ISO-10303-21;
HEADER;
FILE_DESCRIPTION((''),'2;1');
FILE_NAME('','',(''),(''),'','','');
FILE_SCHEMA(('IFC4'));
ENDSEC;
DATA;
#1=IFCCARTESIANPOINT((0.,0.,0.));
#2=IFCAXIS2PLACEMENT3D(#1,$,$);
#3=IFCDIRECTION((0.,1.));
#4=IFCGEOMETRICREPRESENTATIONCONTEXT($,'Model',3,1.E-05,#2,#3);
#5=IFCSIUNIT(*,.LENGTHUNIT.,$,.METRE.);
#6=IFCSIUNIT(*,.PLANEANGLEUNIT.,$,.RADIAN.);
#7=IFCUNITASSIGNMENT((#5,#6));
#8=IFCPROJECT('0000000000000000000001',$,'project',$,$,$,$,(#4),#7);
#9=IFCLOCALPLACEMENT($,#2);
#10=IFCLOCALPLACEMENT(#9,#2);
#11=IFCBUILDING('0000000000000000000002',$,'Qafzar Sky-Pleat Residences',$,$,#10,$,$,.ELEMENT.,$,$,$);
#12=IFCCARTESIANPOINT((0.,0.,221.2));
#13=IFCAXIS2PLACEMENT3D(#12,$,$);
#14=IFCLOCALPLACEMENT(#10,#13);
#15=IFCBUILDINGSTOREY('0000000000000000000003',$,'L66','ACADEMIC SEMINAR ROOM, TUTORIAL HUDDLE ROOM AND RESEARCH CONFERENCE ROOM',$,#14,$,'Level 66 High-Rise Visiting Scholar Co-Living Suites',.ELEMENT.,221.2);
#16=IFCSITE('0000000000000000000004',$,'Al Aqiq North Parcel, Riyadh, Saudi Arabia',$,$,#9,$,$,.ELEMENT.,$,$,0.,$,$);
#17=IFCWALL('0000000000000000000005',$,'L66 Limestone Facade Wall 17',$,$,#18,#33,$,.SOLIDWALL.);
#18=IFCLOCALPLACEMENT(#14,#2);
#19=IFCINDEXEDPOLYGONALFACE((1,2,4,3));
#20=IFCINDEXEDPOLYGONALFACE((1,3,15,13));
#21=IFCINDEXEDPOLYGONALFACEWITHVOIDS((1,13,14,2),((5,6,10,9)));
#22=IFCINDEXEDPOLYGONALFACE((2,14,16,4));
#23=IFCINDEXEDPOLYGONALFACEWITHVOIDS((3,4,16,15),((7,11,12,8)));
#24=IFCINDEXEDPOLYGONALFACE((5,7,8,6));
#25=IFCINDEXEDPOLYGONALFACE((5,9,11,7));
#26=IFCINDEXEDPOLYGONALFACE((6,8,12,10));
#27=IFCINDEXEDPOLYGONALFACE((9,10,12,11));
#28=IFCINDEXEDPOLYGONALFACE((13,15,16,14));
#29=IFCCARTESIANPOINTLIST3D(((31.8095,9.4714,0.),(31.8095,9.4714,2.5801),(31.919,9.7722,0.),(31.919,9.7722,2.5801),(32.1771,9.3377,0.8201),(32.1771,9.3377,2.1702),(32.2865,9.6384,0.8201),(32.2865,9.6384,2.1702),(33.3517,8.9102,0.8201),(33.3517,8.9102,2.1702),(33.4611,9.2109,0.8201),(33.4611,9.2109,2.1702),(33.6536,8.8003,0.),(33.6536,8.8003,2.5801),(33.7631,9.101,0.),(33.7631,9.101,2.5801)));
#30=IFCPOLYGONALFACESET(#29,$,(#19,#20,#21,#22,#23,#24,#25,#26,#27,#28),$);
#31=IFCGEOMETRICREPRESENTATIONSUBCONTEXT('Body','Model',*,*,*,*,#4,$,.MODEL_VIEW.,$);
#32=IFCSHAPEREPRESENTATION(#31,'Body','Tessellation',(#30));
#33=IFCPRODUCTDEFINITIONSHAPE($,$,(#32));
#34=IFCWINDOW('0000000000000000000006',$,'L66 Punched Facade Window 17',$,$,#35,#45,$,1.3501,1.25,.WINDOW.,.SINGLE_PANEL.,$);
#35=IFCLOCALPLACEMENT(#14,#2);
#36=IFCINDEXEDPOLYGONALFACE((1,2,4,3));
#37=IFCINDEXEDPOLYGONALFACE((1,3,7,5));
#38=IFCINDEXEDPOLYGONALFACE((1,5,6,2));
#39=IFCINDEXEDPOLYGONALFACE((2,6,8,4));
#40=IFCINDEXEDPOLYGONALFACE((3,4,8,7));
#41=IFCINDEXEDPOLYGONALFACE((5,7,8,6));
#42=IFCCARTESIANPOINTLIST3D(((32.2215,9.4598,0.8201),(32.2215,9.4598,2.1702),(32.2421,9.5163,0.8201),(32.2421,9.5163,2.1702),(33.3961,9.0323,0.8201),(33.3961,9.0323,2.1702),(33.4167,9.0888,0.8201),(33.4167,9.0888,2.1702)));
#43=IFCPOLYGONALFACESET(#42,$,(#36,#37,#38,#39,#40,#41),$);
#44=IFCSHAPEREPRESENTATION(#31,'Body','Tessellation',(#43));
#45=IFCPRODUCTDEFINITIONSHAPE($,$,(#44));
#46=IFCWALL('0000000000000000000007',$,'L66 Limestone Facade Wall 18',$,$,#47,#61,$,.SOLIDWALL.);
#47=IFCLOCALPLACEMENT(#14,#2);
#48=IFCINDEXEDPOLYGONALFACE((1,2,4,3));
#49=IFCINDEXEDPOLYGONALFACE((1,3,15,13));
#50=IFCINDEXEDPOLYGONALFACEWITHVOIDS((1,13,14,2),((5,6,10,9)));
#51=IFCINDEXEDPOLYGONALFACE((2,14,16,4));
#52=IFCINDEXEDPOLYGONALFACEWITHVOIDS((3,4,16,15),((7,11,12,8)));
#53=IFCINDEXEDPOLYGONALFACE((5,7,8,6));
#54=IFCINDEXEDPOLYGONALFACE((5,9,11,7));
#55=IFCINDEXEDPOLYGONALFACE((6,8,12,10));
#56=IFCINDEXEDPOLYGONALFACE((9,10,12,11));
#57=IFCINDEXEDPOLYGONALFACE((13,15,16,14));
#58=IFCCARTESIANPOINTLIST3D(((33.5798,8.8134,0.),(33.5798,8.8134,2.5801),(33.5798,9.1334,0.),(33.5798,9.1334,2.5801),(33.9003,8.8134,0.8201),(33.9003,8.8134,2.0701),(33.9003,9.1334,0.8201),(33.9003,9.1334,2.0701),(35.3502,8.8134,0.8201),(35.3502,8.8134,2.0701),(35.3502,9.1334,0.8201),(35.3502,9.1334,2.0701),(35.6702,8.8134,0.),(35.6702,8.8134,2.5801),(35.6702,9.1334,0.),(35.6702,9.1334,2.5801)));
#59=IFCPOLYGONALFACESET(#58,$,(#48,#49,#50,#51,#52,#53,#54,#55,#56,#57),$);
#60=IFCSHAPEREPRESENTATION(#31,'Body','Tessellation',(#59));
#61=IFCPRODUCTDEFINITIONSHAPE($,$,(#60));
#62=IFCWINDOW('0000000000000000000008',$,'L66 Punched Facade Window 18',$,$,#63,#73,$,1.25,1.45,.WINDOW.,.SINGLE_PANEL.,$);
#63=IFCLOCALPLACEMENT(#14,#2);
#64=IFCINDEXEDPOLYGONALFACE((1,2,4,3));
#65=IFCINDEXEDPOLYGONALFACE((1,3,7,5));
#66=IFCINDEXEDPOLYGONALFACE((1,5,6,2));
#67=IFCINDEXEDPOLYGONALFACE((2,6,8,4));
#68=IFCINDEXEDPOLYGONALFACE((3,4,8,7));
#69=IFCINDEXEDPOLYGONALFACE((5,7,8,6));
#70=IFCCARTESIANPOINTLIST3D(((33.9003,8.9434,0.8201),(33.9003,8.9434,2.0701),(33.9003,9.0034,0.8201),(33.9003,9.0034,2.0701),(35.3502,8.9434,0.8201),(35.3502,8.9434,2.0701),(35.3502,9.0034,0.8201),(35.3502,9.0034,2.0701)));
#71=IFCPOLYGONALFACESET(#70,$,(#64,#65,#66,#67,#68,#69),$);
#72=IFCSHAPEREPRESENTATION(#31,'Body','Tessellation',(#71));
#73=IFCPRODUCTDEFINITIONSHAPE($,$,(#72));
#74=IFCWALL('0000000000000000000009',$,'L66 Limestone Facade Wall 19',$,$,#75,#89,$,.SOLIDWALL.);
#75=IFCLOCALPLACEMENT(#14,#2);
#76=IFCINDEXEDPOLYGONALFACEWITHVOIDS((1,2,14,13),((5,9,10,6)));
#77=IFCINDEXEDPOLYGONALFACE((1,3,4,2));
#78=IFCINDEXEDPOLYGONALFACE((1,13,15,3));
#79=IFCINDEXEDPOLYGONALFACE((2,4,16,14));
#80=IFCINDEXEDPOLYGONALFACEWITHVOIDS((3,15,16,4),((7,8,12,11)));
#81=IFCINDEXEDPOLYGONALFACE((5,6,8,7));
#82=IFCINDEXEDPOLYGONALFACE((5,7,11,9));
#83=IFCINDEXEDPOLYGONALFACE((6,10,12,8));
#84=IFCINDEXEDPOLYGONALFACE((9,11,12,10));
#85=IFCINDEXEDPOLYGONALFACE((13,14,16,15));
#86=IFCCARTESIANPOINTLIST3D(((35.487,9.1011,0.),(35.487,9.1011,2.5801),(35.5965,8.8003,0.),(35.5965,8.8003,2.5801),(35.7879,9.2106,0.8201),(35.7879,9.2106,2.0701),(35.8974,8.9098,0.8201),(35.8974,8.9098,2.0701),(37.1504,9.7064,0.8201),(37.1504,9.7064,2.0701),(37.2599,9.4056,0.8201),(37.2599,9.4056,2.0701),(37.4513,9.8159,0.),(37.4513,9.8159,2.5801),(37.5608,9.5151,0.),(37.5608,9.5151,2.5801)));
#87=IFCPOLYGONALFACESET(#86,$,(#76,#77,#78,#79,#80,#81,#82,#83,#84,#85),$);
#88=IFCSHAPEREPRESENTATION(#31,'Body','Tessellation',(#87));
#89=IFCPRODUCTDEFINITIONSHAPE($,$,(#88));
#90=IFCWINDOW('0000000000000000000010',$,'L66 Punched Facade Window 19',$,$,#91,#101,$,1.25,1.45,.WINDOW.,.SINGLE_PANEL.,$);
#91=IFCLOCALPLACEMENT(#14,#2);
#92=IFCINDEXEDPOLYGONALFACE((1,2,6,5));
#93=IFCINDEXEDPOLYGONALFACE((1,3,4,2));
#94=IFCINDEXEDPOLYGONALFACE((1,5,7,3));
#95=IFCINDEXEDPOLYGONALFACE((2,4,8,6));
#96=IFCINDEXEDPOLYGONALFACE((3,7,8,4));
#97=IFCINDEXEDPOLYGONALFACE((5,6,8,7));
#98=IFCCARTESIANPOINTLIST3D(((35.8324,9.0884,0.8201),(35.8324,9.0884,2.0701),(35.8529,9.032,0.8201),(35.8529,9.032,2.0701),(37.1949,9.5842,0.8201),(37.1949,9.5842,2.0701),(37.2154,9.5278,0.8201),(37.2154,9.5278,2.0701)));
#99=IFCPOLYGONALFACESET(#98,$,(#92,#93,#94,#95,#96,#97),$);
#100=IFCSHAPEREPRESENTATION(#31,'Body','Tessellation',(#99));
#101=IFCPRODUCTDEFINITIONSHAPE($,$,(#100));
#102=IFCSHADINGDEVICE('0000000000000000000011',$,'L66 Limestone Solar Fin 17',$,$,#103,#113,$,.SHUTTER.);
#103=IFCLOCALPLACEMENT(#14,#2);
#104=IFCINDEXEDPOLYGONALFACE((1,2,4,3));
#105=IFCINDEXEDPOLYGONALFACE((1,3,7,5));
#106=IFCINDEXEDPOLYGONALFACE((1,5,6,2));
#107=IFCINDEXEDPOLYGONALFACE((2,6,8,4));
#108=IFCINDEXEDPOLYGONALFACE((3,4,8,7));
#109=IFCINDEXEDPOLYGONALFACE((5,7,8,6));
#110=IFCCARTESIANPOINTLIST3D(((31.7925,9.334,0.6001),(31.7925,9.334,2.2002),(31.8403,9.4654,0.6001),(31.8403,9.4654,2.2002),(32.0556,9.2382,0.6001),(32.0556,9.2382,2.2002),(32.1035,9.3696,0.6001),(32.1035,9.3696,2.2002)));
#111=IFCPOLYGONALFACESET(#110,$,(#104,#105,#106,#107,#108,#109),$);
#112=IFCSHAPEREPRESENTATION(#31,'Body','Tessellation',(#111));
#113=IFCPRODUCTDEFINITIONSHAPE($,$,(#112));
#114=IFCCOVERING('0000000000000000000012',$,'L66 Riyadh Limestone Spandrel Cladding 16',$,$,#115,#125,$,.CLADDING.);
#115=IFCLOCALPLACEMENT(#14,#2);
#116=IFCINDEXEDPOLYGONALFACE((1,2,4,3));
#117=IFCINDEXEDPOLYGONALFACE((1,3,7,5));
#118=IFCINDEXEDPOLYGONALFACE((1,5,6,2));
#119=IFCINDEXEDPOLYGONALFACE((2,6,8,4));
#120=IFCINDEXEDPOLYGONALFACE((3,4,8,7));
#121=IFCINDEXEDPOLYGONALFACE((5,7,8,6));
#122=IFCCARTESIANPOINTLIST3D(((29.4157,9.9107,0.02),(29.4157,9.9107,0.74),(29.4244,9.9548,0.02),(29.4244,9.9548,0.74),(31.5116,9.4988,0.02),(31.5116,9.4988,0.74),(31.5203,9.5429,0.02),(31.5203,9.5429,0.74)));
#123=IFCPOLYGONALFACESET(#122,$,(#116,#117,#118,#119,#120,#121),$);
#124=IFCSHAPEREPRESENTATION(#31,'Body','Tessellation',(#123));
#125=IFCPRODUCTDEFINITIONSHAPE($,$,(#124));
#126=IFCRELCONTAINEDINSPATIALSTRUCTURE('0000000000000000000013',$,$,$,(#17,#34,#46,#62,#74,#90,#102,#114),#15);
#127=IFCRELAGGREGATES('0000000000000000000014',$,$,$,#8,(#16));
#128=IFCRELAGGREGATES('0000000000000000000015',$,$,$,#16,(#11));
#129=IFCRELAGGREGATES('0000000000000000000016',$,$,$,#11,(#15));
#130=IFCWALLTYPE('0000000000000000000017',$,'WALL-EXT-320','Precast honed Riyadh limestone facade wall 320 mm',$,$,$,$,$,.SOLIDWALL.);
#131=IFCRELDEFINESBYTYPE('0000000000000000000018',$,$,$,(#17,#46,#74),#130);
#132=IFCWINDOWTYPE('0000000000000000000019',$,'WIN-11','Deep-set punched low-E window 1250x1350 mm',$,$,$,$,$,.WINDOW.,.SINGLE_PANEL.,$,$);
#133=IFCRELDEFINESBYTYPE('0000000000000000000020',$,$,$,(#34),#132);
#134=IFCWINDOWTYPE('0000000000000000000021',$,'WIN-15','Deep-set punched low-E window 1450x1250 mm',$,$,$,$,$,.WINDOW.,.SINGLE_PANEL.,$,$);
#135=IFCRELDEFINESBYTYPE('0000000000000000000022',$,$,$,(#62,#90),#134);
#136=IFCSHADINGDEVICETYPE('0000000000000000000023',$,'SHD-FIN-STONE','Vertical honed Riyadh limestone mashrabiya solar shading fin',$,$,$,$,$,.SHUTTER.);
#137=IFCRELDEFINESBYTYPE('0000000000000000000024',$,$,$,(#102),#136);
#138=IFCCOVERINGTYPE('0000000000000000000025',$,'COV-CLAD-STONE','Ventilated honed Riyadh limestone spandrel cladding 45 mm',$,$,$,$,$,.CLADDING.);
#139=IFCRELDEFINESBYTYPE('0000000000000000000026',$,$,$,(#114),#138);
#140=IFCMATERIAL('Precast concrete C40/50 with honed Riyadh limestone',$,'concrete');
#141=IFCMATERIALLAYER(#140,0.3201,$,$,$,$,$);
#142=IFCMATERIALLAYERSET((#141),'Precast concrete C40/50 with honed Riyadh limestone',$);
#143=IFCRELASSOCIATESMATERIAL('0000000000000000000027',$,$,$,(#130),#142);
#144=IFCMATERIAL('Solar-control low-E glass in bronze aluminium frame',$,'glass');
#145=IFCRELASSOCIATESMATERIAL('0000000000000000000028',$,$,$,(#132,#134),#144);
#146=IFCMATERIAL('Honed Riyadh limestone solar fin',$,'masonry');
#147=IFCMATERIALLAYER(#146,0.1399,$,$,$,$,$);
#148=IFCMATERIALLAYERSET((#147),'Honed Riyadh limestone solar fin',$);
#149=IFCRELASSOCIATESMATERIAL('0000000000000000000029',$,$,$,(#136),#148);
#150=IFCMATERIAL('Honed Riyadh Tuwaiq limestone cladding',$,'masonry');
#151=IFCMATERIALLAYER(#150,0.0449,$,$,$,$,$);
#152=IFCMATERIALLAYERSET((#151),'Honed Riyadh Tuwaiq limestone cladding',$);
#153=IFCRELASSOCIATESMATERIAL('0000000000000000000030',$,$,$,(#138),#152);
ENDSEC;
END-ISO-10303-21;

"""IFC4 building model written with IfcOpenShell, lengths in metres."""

from ifc_helpers import new_model, si_unit, direction, frame, frame_2d, origin, origin_2d, place, context, subcontext, project, spatial, rectangle, extrude, source, transform, mapped, material, layer, layer_set, type_object, element, fill, save


model = new_model("IFC4")

# Units and contexts
model_context = context("Model", 3, precision=1e-05, world=origin(), true_north=direction((0.0, 1.0)))
body_context = subcontext(model_context, "Body", "Model", "MODEL_VIEW")
ifc_project = project(units=[si_unit("LENGTHUNIT", "METRE"), si_unit("PLANEANGLEUNIT", "RADIAN")], contexts=[model_context])

# Site, building, storey
site_placement = place(None, origin())
site = spatial("IfcSite", under=ifc_project, at=site_placement, Name="Al Aqiq North Parcel, Riyadh, Saudi Arabia", CompositionType="ELEMENT", RefElevation=0.0)
building_placement = place(site_placement, origin())
building = spatial("IfcBuilding", under=site, at=building_placement, Name="Qafzar Sky-Pleat Residences", CompositionType="ELEMENT")
storey_placement = place(building_placement, frame((0.0, 0.0, 221.2)))
storey = spatial("IfcBuildingStorey", under=building, at=storey_placement, Name="L66", Description="ACADEMIC SEMINAR ROOM, TUTORIAL HUDDLE ROOM AND RESEARCH CONFERENCE ROOM", LongName="Level 66 High-Rise Visiting Scholar Co-Living Suites", CompositionType="ELEMENT", Elevation=221.2)

# Walls, openings, windows
ifc_material_1 = material(Name="Precast concrete C40/50 with honed Riyadh limestone", Category="concrete")
ifc_layer_1 = layer(ifc_material_1, 0.3201)
ifc_layer_set_1 = layer_set([ifc_layer_1], Name="Precast concrete C40/50 with honed Riyadh limestone")
wall_type = type_object("IfcWallType", Name="WALL-EXT-320", Description="Precast honed Riyadh limestone facade wall 320 mm", PredefinedType="SOLIDWALL", material=ifc_layer_set_1)
ifc_material_2 = material(Name="Solar-control low-E glass in bronze aluminium frame", Category="glass")
window_type_1 = type_object("IfcWindowType", Name="WIN-11", Description="Deep-set punched low-E window 1250x1350 mm", PartitioningType="SINGLE_PANEL", PredefinedType="WINDOW", material=ifc_material_2)
shared_shape_1 = source(origin(), body_context, "Body", "SweptSolid", [
    extrude(rectangle(XDim=1.25, YDim=1.3501, at=frame_2d((0.625, 0.675))), frame((0.0, 0.03, 0.0), z_axis=(0.0, -1.0, 0.0), x_axis=(1.0, 0.0, 0.0)), (0.0, 0.0, 1.0), 0.0601),
])
wall_1_placement = place(storey_placement, frame((31.8643, 9.6218, 0.0), z_axis=(0.0, 0.0, 1.0), x_axis=(0.939695, -0.342013, 0.0)))
wall_1 = element("IfcWall", 1, at=wall_1_placement, inside=storey, type_object=wall_type, Name="L66 Limestone Facade Wall 17", PredefinedType="SOLIDWALL", context=body_context, shape_type="SweptSolid", body=[
    extrude(rectangle(XDim=1.9624, YDim=0.3201, at=frame_2d((0.9812, 0.0))), origin(), (0.0, 0.0, 1.0), 2.5801),
])
opening_1_placement = place(wall_1_placement, frame((0.3911, 0.0, 0.8201)))
opening_1 = element("IfcOpeningElement", 2, at=opening_1_placement, cuts=wall_1, PredefinedType="OPENING", context=body_context, shape_type="SweptSolid", body=[
    extrude(rectangle(XDim=1.25, YDim=1.3501, at=frame_2d((0.625, 0.675))), frame((0.0, 0.1699, 0.0), z_axis=(0.0, -1.0, 0.0), x_axis=(1.0, 0.0, 0.0)), (0.0, 0.0, 1.0), 0.3401),
])
window_1_placement = place(opening_1_placement, origin())
window_1 = element("IfcWindow", 3, at=window_1_placement, inside=storey, type_object=window_type_1, Name="L66 Punched Facade Window 17", OverallHeight=1.3501, OverallWidth=1.25, PartitioningType="SINGLE_PANEL", PredefinedType="WINDOW", context=body_context, shape_type="MappedRepresentation", body=[
    mapped(shared_shape_1, transform((0.0, 0.0, 0.0), x_axis=(1.0, 0.0, 0.0), y_axis=(0.0, 1.0, 0.0), z_axis=(0.0, 0.0, 1.0), scale=1.0)),
])
fill(opening_1, window_1)
wall_2_placement = place(storey_placement, frame((33.5798, 8.9734, 0.0), z_axis=(0.0, 0.0, 1.0), x_axis=(1.0, 0.0, 0.0)))
wall_2 = element("IfcWall", 4, at=wall_2_placement, inside=storey, type_object=wall_type, Name="L66 Limestone Facade Wall 18", PredefinedType="SOLIDWALL", context=body_context, shape_type="SweptSolid", body=[
    extrude(rectangle(XDim=2.0903, YDim=0.3201, at=frame_2d((1.0452, 0.0))), origin(), (0.0, 0.0, 1.0), 2.5801),
])
opening_2_placement = place(wall_2_placement, frame((0.3203, 0.0, 0.8201)))
opening_2 = element("IfcOpeningElement", 5, at=opening_2_placement, cuts=wall_2, PredefinedType="OPENING", context=body_context, shape_type="SweptSolid", body=[
    extrude(rectangle(XDim=1.45, YDim=1.25, at=frame_2d((0.7251, 0.625))), frame((0.0, 0.1699, 0.0), z_axis=(0.0, -1.0, 0.0), x_axis=(1.0, 0.0, 0.0)), (0.0, 0.0, 1.0), 0.3401),
])
window_type_2 = type_object("IfcWindowType", Name="WIN-15", Description="Deep-set punched low-E window 1450x1250 mm", PartitioningType="SINGLE_PANEL", PredefinedType="WINDOW", material=ifc_material_2)
shared_shape_2 = source(origin(), body_context, "Body", "SweptSolid", [
    extrude(rectangle(XDim=1.45, YDim=1.25, at=frame_2d((0.7251, 0.625))), frame((0.0, 0.03, 0.0), z_axis=(0.0, -1.0, 0.0), x_axis=(1.0, 0.0, 0.0)), (0.0, 0.0, 1.0), 0.0601),
])
window_2_placement = place(opening_2_placement, origin())
window_2 = element("IfcWindow", 6, at=window_2_placement, inside=storey, type_object=window_type_2, Name="L66 Punched Facade Window 18", OverallHeight=1.25, OverallWidth=1.45, PartitioningType="SINGLE_PANEL", PredefinedType="WINDOW", context=body_context, shape_type="MappedRepresentation", body=[
    mapped(shared_shape_2, transform((0.0, 0.0, 0.0), x_axis=(1.0, 0.0, 0.0), y_axis=(0.0, 1.0, 0.0), z_axis=(0.0, 0.0, 1.0), scale=1.0)),
])
fill(opening_2, window_2)
wall_3_placement = place(storey_placement, frame((35.5417, 8.9507, 0.0), z_axis=(0.0, 0.0, 1.0), x_axis=(0.939712, 0.341968, 0.0)))
wall_3 = element("IfcWall", 7, at=wall_3_placement, inside=storey, type_object=wall_type, Name="L66 Limestone Facade Wall 19", PredefinedType="SOLIDWALL", context=body_context, shape_type="SweptSolid", body=[
    extrude(rectangle(XDim=2.0903, YDim=0.3201, at=frame_2d((1.0452, 0.0))), origin(), (0.0, 0.0, 1.0), 2.5801),
])
opening_3_placement = place(wall_3_placement, frame((0.3201, 0.0, 0.8201)))
opening_3 = element("IfcOpeningElement", 8, at=opening_3_placement, cuts=wall_3, PredefinedType="OPENING", context=body_context, shape_type="SweptSolid", body=[
    extrude(rectangle(XDim=1.45, YDim=1.25, at=frame_2d((0.7251, 0.625))), frame((0.0, 0.1699, 0.0), z_axis=(0.0, -1.0, 0.0), x_axis=(1.0, 0.0, 0.0)), (0.0, 0.0, 1.0), 0.3401),
])
window_3_placement = place(opening_3_placement, origin())
window_3 = element("IfcWindow", 9, at=window_3_placement, inside=storey, type_object=window_type_2, Name="L66 Punched Facade Window 19", OverallHeight=1.25, OverallWidth=1.45, PartitioningType="SINGLE_PANEL", PredefinedType="WINDOW", context=body_context, shape_type="MappedRepresentation", body=[
    mapped(shared_shape_2, transform((0.0, 0.0, 0.0), x_axis=(1.0, 0.0, 0.0), y_axis=(0.0, 1.0, 0.0), z_axis=(0.0, 0.0, 1.0), scale=1.0)),
])
fill(opening_3, window_3)

# Shading device
ifc_material_3 = material(Name="Honed Riyadh limestone solar fin", Category="masonry")
ifc_layer_2 = layer(ifc_material_3, 0.1399)
ifc_layer_set_2 = layer_set([ifc_layer_2], Name="Honed Riyadh limestone solar fin")
shading_device_type = type_object("IfcShadingDeviceType", Name="SHD-FIN-STONE", Description="Vertical honed Riyadh limestone mashrabiya solar shading fin", PredefinedType="SHUTTER", material=ifc_layer_set_2)
shared_shape_3 = source(origin(), body_context, "Body", "SweptSolid", [
    extrude(rectangle(XDim=0.1399, YDim=0.28, at=origin_2d()), origin(), (0.0, 0.0, 1.0), 1.6001),
])
shading_device_placement = place(storey_placement, frame((31.948, 9.3518, 0.6001), z_axis=(0.0, 0.0, 1.0), x_axis=(-0.34201, -0.939696, 0.0)))
element("IfcShadingDevice", 10, at=shading_device_placement, inside=storey, type_object=shading_device_type, Name="L66 Limestone Solar Fin 17", PredefinedType="SHUTTER", context=body_context, shape_type="MappedRepresentation", body=[
    mapped(shared_shape_3, transform((0.0, 0.0, 0.0), x_axis=(1.0, 0.0, 0.0), y_axis=(0.0, 1.0, 0.0), z_axis=(0.0, 0.0, 1.0), scale=1.0)),
])

# Covering
ifc_material_4 = material(Name="Honed Riyadh Tuwaiq limestone cladding", Category="masonry")
ifc_layer_3 = layer(ifc_material_4, 0.0449)
ifc_layer_set_3 = layer_set([ifc_layer_3], Name="Honed Riyadh Tuwaiq limestone cladding")
covering_type = type_object("IfcCoveringType", Name="COV-CLAD-STONE", Description="Ventilated honed Riyadh limestone spandrel cladding 45 mm", PredefinedType="CLADDING", material=ifc_layer_set_3)
shared_shape_4 = source(origin(), body_context, "Body", "SweptSolid", [
    extrude(rectangle(XDim=2.136, YDim=0.0449, at=origin_2d()), origin(), (0.0, 0.0, 1.0), 0.72),
])
covering_placement = place(storey_placement, frame((30.468, 9.7268, 0.02), z_axis=(0.0, 0.0, 1.0), x_axis=(0.981228, -0.19285, 0.0)))
element("IfcCovering", 11, at=covering_placement, inside=storey, type_object=covering_type, Name="L66 Riyadh Limestone Spandrel Cladding 16", PredefinedType="CLADDING", context=body_context, shape_type="MappedRepresentation", body=[
    mapped(shared_shape_4, transform((0.0, 0.0, 0.0), x_axis=(1.0, 0.0, 0.0), y_axis=(0.0, 1.0, 0.0), z_axis=(0.0, 0.0, 1.0), scale=1.0)),
])

save(model, "model.ifc")
